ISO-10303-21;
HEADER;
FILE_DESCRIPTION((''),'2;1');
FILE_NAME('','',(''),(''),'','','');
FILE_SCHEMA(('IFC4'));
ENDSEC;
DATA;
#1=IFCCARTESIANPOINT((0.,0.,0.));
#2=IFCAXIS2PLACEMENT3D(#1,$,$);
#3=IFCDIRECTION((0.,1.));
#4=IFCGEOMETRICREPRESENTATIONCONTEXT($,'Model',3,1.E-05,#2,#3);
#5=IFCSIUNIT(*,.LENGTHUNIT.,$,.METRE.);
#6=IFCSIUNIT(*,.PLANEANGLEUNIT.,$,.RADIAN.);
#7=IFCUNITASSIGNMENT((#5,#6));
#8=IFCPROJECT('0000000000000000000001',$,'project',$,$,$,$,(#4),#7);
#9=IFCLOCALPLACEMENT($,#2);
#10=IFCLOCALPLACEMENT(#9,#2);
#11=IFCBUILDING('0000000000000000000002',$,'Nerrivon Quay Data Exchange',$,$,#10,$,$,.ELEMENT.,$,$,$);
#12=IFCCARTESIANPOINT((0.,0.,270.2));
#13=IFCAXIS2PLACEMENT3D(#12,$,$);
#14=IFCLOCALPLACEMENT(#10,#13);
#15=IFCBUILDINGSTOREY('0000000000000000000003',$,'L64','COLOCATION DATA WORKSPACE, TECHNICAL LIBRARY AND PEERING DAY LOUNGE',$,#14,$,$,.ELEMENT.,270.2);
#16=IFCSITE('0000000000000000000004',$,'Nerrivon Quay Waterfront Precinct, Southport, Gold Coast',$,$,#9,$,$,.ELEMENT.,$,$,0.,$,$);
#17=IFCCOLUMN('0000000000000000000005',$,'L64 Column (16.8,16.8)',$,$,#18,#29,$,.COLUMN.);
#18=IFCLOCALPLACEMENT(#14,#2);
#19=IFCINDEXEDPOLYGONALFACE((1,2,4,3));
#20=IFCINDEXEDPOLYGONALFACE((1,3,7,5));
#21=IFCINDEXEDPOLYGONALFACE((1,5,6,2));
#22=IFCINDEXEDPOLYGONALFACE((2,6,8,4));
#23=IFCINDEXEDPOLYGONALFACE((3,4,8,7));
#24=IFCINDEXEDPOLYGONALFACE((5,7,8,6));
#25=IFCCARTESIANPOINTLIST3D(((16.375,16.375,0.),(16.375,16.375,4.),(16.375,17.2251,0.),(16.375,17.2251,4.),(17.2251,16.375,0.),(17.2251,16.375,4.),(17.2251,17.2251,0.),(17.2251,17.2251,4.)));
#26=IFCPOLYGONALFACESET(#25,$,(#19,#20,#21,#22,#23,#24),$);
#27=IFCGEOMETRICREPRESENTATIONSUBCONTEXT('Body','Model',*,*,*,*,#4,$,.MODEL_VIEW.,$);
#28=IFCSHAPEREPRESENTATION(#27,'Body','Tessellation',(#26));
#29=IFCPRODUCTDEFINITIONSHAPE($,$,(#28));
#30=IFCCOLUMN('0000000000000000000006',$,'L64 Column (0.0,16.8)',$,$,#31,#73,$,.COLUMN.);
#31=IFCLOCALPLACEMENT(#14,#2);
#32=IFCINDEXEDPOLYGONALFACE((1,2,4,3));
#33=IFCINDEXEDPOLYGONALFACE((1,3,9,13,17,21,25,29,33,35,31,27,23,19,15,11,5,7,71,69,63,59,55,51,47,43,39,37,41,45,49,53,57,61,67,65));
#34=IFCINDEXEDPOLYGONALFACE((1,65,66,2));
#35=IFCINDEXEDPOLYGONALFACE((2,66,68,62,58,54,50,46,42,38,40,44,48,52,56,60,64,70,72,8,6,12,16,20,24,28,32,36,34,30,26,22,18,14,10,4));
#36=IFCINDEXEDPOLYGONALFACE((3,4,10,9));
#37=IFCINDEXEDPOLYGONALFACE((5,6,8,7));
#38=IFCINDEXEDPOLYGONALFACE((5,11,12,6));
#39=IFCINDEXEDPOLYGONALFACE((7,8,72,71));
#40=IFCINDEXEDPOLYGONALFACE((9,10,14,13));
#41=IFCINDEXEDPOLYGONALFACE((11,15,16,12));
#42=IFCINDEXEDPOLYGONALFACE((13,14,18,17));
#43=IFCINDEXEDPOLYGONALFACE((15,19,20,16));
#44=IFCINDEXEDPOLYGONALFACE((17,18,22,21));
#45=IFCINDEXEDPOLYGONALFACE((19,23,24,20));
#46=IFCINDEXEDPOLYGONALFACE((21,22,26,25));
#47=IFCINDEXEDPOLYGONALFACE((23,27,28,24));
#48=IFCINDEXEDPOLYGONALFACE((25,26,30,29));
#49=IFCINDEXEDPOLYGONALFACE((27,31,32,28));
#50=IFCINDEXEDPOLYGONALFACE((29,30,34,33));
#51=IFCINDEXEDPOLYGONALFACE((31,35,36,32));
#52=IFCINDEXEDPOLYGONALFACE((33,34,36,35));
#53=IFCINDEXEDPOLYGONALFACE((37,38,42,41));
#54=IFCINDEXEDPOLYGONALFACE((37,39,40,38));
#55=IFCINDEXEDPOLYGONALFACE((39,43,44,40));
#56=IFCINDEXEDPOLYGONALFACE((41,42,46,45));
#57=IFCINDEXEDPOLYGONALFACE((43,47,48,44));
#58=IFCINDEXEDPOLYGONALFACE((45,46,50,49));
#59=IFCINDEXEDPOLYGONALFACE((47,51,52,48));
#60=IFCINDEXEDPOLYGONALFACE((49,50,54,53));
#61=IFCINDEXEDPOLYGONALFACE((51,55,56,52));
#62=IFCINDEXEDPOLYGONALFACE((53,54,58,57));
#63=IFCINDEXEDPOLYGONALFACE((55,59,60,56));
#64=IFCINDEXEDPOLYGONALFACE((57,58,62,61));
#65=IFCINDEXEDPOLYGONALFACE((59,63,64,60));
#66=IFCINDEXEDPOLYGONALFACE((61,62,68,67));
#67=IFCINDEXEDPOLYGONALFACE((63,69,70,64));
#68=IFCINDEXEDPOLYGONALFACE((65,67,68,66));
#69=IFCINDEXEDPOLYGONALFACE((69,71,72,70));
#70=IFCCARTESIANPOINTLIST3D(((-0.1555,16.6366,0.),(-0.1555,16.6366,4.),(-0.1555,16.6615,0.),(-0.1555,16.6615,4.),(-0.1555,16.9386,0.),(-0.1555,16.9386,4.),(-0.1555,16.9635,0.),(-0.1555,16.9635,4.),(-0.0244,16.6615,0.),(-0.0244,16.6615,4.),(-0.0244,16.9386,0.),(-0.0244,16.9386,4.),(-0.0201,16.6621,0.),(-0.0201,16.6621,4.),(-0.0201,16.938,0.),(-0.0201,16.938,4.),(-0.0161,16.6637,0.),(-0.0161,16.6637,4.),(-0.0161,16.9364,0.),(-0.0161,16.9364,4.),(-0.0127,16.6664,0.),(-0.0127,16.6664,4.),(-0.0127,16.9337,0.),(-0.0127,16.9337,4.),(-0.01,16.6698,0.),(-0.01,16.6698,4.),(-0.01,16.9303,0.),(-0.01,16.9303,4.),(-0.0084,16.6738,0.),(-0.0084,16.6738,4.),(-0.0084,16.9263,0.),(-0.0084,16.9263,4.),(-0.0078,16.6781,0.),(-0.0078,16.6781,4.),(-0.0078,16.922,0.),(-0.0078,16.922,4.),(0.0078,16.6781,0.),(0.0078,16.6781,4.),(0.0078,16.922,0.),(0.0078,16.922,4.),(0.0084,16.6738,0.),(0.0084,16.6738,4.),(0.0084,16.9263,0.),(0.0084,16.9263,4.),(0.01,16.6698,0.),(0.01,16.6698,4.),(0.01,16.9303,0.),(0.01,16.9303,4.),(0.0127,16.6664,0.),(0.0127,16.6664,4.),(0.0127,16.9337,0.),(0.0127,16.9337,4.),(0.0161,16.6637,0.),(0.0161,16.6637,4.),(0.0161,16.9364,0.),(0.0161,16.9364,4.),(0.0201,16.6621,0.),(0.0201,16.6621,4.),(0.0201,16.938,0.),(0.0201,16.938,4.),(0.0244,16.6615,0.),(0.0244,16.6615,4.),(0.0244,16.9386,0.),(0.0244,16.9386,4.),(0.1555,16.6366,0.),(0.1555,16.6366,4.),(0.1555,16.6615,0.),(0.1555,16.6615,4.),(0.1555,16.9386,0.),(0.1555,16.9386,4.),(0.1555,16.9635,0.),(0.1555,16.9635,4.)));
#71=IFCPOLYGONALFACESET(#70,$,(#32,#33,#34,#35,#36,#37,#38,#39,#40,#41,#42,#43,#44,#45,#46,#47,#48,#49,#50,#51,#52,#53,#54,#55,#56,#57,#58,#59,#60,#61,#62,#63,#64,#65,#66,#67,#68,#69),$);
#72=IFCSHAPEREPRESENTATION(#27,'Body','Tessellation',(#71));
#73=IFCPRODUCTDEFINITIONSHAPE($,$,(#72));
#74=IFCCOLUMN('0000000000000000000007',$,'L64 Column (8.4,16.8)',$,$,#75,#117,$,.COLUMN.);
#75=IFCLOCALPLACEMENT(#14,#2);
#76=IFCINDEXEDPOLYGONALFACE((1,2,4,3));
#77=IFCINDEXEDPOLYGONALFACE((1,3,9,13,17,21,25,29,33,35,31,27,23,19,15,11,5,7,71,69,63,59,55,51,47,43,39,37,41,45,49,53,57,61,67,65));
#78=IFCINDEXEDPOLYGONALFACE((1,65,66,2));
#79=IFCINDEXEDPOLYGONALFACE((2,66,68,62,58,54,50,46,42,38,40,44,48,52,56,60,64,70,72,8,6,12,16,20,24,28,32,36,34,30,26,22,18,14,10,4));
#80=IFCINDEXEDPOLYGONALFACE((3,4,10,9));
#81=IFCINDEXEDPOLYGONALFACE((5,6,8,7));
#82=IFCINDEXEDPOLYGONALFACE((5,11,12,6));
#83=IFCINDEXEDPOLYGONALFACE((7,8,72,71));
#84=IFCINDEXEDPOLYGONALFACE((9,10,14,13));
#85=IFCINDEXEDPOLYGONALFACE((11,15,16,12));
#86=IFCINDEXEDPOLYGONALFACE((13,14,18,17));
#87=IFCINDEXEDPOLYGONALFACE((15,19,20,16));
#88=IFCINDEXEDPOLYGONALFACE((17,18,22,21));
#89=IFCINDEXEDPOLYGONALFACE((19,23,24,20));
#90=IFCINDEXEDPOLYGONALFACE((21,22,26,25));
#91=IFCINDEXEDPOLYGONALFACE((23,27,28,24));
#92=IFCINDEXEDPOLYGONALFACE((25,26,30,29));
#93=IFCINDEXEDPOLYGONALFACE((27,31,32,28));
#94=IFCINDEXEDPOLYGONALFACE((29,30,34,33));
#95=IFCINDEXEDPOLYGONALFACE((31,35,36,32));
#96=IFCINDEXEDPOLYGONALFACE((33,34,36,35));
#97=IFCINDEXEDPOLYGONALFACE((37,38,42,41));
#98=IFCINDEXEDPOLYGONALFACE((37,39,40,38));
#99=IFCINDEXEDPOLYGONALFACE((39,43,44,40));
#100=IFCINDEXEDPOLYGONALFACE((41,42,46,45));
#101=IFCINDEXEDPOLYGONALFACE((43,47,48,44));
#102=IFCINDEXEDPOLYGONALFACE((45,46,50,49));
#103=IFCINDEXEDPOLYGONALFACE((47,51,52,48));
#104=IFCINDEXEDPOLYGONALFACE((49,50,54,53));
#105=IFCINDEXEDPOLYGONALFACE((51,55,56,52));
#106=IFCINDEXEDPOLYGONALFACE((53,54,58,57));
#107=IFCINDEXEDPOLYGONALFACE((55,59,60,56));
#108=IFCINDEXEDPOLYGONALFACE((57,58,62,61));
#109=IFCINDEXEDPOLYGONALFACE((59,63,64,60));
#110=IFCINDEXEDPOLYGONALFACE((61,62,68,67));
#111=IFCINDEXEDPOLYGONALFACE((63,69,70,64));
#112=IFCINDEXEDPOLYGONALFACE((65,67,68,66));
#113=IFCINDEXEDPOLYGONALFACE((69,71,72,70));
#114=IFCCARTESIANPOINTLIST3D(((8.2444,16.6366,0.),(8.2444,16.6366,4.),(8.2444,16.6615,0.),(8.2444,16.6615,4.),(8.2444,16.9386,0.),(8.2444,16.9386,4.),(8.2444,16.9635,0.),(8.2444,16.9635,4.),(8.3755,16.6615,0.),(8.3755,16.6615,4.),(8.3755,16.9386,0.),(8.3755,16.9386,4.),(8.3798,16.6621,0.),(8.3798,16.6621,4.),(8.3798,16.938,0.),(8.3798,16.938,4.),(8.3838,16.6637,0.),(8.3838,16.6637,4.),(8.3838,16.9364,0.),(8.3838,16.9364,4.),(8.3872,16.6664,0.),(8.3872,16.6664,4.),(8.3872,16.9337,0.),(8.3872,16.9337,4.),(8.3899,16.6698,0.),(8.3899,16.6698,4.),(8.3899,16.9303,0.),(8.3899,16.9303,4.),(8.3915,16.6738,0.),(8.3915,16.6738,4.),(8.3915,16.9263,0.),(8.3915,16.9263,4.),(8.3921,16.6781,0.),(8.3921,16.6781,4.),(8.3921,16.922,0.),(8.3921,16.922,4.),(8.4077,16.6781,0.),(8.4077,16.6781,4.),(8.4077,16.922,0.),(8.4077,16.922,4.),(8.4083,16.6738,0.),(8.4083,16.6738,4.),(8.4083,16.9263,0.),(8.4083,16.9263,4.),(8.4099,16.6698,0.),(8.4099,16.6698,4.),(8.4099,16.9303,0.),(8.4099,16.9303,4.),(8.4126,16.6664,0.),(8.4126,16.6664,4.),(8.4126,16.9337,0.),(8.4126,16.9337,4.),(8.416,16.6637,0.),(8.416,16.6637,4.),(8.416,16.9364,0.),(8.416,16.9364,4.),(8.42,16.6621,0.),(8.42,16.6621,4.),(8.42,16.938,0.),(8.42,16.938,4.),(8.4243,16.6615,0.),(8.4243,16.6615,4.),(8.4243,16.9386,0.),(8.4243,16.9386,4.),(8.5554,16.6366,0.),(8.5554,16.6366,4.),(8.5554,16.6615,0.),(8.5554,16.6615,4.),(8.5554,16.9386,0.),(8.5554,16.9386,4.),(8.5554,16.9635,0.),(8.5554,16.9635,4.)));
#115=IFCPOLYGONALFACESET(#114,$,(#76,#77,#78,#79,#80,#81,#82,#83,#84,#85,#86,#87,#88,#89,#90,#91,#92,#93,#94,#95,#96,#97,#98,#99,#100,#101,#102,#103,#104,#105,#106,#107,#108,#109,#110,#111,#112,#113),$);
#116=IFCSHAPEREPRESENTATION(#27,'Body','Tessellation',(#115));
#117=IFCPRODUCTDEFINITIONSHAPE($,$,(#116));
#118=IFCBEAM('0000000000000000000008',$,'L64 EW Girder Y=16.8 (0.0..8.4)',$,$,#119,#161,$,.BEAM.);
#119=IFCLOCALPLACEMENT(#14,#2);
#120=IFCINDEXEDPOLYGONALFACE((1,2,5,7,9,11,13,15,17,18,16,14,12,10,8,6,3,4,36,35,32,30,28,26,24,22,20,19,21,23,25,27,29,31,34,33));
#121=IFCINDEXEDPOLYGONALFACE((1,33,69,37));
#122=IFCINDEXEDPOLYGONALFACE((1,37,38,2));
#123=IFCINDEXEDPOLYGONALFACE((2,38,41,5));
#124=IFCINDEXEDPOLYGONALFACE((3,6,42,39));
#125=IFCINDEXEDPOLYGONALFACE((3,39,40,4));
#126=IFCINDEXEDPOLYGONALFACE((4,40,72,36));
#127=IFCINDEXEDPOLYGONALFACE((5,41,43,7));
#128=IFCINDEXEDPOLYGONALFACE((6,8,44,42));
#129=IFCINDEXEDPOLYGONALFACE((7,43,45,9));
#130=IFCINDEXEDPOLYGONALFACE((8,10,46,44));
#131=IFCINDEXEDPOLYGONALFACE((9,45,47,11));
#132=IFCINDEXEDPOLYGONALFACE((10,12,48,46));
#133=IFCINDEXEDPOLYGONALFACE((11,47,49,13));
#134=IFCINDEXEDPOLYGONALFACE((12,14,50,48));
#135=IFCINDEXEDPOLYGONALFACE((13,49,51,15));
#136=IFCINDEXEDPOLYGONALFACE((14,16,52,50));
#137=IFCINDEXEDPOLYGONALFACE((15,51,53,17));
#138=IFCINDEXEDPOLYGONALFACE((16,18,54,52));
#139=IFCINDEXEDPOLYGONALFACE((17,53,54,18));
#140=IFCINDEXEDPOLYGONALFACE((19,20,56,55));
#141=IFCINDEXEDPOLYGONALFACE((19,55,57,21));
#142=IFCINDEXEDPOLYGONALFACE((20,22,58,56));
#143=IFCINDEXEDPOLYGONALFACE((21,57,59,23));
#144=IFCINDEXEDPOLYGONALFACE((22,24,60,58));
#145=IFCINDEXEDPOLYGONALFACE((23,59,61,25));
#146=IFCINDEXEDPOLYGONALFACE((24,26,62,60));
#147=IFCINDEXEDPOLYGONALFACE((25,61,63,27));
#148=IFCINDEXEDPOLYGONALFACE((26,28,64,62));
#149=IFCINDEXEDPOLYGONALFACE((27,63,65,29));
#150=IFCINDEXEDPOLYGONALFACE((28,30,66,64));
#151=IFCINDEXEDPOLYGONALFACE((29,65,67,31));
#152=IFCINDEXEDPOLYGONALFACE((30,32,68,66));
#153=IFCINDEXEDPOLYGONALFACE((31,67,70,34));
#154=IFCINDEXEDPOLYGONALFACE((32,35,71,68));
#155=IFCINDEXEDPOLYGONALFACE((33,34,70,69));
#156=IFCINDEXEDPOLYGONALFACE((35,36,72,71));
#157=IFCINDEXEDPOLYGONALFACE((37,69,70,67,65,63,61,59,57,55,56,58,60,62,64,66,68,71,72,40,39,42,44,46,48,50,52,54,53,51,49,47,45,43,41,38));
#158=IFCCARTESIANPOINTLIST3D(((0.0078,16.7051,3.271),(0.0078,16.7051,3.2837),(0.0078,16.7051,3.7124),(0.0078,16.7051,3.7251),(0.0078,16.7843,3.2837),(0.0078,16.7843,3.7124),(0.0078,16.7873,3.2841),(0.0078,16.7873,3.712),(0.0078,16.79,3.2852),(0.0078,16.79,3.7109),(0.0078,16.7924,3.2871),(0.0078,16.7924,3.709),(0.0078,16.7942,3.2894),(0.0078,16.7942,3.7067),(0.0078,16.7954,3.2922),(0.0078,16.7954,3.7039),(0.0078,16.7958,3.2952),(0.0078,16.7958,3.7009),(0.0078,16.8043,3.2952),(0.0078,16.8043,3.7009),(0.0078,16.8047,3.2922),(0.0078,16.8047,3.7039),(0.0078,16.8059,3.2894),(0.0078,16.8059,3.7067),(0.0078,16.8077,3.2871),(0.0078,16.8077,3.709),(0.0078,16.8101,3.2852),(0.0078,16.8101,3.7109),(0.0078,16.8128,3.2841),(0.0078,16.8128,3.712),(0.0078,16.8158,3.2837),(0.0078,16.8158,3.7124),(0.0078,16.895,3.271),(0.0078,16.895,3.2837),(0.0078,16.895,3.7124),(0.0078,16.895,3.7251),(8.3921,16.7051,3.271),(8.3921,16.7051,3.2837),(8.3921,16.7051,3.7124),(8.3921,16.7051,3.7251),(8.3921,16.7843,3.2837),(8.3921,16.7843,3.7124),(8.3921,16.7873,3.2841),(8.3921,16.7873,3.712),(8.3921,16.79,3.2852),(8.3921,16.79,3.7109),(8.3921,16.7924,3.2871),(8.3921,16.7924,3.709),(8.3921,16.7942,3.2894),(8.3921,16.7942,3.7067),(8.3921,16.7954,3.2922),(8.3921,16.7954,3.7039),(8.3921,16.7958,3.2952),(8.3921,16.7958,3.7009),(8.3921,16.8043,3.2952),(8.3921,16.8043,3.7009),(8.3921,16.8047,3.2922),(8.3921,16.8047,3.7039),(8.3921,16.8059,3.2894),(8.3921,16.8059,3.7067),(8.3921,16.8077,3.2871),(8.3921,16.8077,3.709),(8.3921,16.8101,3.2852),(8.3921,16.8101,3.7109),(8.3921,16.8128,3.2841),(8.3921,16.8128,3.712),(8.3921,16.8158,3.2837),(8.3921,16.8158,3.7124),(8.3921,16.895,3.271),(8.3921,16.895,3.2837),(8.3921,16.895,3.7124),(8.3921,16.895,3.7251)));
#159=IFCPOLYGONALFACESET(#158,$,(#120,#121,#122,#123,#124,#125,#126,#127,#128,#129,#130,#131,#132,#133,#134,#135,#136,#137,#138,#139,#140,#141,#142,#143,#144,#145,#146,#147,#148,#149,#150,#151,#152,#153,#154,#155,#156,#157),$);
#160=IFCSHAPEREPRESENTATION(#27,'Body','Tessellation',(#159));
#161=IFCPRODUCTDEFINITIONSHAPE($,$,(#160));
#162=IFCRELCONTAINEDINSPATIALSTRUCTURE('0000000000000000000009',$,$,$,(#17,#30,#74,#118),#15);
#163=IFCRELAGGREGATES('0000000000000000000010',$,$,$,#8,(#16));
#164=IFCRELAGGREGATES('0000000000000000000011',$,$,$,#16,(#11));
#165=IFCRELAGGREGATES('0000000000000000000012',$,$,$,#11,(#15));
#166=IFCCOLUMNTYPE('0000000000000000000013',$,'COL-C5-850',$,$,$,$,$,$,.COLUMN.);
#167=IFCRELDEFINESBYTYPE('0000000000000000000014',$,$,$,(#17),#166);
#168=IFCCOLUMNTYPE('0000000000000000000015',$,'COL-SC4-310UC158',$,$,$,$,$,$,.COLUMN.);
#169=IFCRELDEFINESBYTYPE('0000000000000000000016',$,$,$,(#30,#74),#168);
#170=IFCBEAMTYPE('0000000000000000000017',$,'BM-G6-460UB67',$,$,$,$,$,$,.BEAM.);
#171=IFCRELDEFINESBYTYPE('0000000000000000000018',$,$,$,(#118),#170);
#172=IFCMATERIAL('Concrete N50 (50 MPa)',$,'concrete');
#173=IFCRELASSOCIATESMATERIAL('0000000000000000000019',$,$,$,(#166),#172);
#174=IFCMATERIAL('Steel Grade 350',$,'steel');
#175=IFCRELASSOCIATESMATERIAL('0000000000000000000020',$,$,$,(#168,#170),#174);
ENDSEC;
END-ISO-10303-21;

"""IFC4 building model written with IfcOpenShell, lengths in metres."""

from ifc_helpers import new_model, si_unit, direction, frame, origin, origin_2d, place, context, subcontext, project, spatial, rectangle, i_section, extrude, material, material_profile, profile_set, type_object, element, save


model = new_model("IFC4")

# Units and contexts
model_context = context("Model", 3, precision=1e-05, world=origin(), true_north=direction((0.0, 1.0)))
body_context = subcontext(model_context, "Body", "Model", "MODEL_VIEW")
ifc_project = project(units=[si_unit("LENGTHUNIT", "METRE"), si_unit("PLANEANGLEUNIT", "RADIAN")], contexts=[model_context])

# Site, building, storey
site_placement = place(None, origin())
site = spatial("IfcSite", under=ifc_project, at=site_placement, Name="Nerrivon Quay Waterfront Precinct, Southport, Gold Coast", CompositionType="ELEMENT", RefElevation=0.0)
building_placement = place(site_placement, origin())
building = spatial("IfcBuilding", under=site, at=building_placement, Name="Nerrivon Quay Data Exchange", CompositionType="ELEMENT")
storey_placement = place(building_placement, frame((0.0, 0.0, 270.2)))
storey = spatial("IfcBuildingStorey", under=building, at=storey_placement, Name="L64", Description="COLOCATION DATA WORKSPACE, TECHNICAL LIBRARY AND PEERING DAY LOUNGE", CompositionType="ELEMENT", Elevation=270.2)

# Columns
ifc_material_1 = material(Name="Concrete N50 (50 MPa)", Category="concrete")
ifc_material_profile_1 = material_profile(ifc_material_1, rectangle(XDim=0.8501, YDim=0.8501, at=origin_2d()), Name="RC-COL-850x850")
ifc_profile_set_1 = profile_set([ifc_material_profile_1], Name="Concrete N50 (50 MPa)")
column_type_1 = type_object("IfcColumnType", Name="COL-C5-850", PredefinedType="COLUMN", material=ifc_profile_set_1)
column_placement = place(storey_placement, frame((16.8, 16.8, 0.0), z_axis=(0.0, 0.0, 1.0), x_axis=(1.0, 0.0, 0.0)))
element("IfcColumn", 1, at=column_placement, inside=storey, type_object=column_type_1, Name="L64 Column (16.8,16.8)", PredefinedType="COLUMN", context=body_context, shape_type="SweptSolid", body=[
    extrude(rectangle(XDim=0.8501, YDim=0.8501, at=origin_2d()), origin(), (0.0, 0.0, 1.0), 4.0),
])
ifc_material_2 = material(Name="Steel Grade 350", Category="steel")
ifc_material_profile_2 = material_profile(ifc_material_2, i_section(OverallWidth=0.311, OverallDepth=0.3269, WebThickness=0.0156, FlangeThickness=0.0249, FilletRadius=0.0166, at=origin_2d()), Name="310UC158")
ifc_profile_set_2 = profile_set([ifc_material_profile_2], Name="Steel Grade 350")
column_type_2 = type_object("IfcColumnType", Name="COL-SC4-310UC158", PredefinedType="COLUMN", material=ifc_profile_set_2)
for number, where, z_axis, x_axis, name in (
    (2, (0.0, 16.8, 0.0), (0.0, 0.0, 1.0), (1.0, 0.0, 0.0), "L64 Column (0.0,16.8)"),
    (3, (8.3999, 16.8, 0.0), (0.0, 0.0, 1.0), (1.0, 0.0, 0.0), "L64 Column (8.4,16.8)"),
):
    element("IfcColumn", number, at=place(storey_placement, frame(where, z_axis=z_axis, x_axis=x_axis)), inside=storey, type_object=column_type_2, Name=name, PredefinedType="COLUMN", context=body_context, shape_type="SweptSolid", body=[
        extrude(i_section(OverallWidth=0.311, OverallDepth=0.3269, WebThickness=0.0156, FlangeThickness=0.0249, FilletRadius=0.0166, at=origin_2d()), origin(), (0.0, 0.0, 1.0), 4.0),
    ])

# Beam
ifc_material_profile_3 = material_profile(ifc_material_2, i_section(OverallWidth=0.1899, OverallDepth=0.4541, WebThickness=0.0085, FlangeThickness=0.0127, FilletRadius=0.0115, at=origin_2d()), Name="460UB67.1")
ifc_profile_set_3 = profile_set([ifc_material_profile_3], Name="Steel Grade 350")
beam_type_1 = type_object("IfcBeamType", Name="BM-G6-460UB67", PredefinedType="BEAM", material=ifc_profile_set_3)
beam_1_placement = place(storey_placement, frame((0.0078, 16.8, 3.498), z_axis=(1.0, 0.0, 0.0), x_axis=(0.0, 1.0, 0.0)))
element("IfcBeam", 4, at=beam_1_placement, inside=storey, type_object=beam_type_1, Name="L64 EW Girder Y=16.8 (0.0..8.4)", PredefinedType="BEAM", context=body_context, shape_type="SweptSolid", body=[
    extrude(i_section(OverallWidth=0.1899, OverallDepth=0.4541, WebThickness=0.0085, FlangeThickness=0.0127, FilletRadius=0.0115, at=origin_2d()), origin(), (0.0, 0.0, 1.0), 8.3843),
])

save(model, "model.ifc")
